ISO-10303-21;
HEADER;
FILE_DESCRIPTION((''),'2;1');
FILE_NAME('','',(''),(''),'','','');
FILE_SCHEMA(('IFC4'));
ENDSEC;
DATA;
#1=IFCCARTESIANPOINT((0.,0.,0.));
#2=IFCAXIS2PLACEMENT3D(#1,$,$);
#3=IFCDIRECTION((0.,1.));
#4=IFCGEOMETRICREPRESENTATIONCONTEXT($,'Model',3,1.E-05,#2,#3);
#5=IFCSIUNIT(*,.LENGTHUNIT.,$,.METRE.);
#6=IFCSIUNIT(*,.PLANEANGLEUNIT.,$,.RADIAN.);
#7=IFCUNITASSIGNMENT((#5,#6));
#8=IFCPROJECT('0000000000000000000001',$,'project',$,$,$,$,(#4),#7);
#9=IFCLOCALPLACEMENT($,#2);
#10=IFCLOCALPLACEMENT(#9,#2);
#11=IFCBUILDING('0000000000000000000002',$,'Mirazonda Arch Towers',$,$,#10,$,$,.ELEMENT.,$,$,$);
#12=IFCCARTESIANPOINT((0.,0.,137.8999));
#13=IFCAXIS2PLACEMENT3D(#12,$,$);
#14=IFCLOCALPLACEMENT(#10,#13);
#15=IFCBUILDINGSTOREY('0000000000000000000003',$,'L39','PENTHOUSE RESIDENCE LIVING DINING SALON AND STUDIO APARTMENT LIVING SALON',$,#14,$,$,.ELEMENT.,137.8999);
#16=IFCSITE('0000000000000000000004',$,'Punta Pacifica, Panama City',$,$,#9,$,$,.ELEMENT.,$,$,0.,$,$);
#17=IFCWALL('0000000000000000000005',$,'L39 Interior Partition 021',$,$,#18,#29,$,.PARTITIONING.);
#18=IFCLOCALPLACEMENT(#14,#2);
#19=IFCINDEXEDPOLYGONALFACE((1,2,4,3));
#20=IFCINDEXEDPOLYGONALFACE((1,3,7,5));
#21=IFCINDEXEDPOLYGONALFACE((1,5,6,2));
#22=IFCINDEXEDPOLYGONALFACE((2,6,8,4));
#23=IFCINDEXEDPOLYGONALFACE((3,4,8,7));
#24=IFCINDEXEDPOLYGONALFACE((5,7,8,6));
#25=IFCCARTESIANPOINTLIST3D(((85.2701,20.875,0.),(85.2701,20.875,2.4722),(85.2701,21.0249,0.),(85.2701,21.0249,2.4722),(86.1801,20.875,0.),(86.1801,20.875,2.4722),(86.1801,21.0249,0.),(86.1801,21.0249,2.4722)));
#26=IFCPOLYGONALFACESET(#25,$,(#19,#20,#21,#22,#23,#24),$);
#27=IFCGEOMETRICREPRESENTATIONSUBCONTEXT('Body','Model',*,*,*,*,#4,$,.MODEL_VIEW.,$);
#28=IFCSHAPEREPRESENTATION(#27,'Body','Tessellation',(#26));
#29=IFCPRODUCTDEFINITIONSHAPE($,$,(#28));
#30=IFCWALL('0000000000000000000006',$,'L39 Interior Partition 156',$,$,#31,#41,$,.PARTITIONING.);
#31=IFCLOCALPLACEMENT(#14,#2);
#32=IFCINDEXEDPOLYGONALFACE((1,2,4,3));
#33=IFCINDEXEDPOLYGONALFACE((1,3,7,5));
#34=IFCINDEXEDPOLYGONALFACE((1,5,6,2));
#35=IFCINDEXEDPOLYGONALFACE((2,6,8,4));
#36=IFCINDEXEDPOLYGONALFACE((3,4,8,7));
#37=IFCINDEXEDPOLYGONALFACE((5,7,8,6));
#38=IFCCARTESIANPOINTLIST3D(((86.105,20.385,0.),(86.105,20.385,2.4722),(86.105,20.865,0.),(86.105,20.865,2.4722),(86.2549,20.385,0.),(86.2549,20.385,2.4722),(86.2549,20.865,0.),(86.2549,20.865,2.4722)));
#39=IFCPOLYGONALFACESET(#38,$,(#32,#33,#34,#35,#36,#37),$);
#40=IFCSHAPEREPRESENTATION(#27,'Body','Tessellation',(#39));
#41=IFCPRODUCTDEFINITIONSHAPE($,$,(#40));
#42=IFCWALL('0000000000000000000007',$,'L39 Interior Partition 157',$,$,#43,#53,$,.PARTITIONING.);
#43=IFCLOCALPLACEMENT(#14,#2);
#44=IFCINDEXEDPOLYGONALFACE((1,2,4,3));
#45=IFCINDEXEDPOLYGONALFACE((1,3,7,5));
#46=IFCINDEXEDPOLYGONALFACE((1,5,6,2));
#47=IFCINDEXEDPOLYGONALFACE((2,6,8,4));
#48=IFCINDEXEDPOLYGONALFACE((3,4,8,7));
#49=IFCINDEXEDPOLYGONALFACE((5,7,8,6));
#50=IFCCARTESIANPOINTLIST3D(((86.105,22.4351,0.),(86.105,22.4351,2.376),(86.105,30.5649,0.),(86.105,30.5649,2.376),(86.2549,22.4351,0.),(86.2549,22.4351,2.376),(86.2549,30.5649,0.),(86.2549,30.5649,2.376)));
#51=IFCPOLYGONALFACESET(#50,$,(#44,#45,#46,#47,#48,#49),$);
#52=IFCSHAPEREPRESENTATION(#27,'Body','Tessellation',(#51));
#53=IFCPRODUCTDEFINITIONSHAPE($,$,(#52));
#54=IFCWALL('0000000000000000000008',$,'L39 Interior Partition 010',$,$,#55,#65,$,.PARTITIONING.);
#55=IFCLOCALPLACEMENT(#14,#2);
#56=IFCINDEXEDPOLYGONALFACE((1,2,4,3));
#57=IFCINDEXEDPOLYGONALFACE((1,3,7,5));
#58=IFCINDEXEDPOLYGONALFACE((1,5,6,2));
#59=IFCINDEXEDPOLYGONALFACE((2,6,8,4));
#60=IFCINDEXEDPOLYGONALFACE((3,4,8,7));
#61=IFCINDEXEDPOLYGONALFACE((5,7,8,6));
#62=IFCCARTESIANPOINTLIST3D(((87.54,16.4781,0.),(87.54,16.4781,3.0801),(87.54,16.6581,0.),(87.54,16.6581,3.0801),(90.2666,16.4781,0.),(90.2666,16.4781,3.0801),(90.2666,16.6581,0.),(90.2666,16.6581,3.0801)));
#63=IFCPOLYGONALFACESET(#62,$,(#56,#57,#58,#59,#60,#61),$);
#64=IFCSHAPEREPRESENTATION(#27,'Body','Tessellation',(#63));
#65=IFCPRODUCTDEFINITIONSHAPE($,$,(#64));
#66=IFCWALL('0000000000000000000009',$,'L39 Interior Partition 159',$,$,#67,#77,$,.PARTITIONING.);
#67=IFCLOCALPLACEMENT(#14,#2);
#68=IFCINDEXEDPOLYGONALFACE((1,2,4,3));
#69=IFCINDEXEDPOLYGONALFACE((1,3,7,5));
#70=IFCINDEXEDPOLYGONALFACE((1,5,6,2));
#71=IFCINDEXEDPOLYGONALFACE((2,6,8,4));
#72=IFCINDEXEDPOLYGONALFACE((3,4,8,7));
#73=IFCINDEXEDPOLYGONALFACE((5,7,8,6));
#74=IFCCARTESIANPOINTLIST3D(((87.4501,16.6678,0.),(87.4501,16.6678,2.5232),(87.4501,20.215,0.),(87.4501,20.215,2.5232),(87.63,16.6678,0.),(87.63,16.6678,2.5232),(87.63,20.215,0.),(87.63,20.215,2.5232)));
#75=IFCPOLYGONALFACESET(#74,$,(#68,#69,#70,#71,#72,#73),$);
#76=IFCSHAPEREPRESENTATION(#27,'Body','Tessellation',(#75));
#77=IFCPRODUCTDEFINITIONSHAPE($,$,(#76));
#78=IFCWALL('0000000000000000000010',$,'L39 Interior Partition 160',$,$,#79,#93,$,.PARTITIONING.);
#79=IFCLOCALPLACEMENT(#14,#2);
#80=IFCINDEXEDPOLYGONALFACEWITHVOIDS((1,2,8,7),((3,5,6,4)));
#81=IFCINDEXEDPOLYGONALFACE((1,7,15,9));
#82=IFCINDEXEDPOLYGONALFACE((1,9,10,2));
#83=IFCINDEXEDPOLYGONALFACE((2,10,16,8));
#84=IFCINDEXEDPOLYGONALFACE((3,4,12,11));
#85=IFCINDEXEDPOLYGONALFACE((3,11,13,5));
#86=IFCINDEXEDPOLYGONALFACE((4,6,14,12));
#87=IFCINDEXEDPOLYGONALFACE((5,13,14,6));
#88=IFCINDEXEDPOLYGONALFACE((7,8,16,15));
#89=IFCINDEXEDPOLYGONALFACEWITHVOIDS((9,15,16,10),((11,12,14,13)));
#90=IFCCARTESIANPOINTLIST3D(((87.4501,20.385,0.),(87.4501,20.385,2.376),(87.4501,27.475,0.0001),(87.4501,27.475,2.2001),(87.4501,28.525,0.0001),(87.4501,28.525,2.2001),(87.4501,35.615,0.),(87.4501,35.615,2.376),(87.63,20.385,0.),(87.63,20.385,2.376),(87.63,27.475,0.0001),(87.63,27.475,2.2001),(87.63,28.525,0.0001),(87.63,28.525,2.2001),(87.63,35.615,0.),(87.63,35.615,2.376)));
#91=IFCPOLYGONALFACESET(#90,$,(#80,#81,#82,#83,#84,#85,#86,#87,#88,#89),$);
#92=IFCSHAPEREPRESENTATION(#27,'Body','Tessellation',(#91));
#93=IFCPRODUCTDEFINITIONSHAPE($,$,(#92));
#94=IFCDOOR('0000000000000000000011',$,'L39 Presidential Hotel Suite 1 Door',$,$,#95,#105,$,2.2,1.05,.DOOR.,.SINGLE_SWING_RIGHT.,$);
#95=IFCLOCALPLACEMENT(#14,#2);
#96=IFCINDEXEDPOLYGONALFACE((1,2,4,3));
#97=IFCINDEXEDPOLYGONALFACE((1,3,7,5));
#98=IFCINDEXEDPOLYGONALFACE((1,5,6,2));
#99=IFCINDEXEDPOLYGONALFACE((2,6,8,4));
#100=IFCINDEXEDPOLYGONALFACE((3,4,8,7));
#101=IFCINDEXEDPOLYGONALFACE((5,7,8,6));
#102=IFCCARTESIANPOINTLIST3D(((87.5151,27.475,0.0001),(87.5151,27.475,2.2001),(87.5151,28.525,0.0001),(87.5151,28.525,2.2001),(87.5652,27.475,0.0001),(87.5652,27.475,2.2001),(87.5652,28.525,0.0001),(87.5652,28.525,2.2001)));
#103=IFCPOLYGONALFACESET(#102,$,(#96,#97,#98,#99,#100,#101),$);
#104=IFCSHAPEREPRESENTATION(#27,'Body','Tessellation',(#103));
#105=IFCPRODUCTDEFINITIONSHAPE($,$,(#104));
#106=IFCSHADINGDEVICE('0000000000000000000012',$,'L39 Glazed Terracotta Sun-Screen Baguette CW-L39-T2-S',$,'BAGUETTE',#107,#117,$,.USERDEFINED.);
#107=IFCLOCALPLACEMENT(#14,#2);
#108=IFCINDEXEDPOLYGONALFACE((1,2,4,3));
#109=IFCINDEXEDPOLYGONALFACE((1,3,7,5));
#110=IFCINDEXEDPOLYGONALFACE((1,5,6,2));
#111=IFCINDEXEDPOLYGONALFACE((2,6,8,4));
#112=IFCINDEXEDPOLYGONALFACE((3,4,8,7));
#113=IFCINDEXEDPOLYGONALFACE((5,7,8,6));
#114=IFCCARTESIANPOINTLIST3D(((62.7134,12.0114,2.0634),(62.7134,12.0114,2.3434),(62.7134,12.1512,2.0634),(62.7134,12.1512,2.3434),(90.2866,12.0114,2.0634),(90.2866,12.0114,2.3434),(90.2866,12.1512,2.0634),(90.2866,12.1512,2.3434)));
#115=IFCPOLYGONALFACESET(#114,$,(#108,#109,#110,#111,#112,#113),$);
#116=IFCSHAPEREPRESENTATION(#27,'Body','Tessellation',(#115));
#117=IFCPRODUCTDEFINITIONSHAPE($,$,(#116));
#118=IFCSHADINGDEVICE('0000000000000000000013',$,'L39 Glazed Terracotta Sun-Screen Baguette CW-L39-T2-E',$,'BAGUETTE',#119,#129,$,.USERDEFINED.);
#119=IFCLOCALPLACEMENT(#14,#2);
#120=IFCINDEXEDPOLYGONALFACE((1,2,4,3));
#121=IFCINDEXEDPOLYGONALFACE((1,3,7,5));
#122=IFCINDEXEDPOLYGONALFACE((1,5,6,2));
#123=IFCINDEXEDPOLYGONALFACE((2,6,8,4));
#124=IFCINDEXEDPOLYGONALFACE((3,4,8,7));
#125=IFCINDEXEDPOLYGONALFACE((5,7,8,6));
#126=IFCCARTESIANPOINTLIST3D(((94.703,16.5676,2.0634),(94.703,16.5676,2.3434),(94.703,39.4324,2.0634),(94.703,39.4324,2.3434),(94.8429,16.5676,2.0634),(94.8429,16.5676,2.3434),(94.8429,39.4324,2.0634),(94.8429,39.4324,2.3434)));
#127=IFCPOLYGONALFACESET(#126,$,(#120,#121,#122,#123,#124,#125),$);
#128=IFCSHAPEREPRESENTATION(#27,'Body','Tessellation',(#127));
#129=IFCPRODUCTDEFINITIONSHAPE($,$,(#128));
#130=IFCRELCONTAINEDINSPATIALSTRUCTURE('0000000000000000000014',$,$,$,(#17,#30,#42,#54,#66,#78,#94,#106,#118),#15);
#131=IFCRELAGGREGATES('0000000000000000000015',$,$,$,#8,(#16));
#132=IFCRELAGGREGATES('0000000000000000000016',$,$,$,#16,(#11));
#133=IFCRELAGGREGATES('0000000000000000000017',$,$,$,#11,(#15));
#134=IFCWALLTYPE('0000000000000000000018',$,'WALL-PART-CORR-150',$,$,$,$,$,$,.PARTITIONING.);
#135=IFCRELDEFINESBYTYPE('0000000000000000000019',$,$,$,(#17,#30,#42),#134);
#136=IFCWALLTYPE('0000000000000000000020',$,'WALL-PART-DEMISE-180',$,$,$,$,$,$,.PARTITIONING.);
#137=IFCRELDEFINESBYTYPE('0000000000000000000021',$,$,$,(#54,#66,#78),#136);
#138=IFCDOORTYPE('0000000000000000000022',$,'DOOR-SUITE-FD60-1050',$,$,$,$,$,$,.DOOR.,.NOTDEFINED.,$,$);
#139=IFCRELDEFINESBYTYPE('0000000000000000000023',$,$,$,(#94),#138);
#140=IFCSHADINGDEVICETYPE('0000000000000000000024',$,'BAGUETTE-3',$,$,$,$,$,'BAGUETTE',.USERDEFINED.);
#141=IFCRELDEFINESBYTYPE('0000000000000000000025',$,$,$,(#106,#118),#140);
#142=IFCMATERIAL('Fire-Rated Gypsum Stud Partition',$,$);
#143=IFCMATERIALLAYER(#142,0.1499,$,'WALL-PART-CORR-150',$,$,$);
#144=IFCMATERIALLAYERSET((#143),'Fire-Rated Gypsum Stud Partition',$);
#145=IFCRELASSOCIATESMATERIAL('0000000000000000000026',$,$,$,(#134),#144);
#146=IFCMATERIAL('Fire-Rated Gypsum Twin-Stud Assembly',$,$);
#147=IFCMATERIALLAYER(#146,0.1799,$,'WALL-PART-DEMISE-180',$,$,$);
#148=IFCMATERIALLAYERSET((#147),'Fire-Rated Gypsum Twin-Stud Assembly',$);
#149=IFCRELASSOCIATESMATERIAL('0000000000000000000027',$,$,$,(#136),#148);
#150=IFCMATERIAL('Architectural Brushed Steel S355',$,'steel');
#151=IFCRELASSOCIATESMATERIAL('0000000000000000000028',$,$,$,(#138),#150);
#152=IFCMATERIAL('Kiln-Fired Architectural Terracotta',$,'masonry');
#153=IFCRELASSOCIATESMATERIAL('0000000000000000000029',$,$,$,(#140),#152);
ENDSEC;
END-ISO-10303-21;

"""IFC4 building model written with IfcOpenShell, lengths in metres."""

from ifc_helpers import new_model, si_unit, direction, frame, frame_2d, origin, origin_2d, place, context, subcontext, project, spatial, rectangle, extrude, material, layer, layer_set, material_profile, profile_set, type_object, element, fill, save


model = new_model("IFC4")

# Units and contexts
model_context = context("Model", 3, precision=1e-05, world=origin(), true_north=direction((0.0, 1.0)))
body_context = subcontext(model_context, "Body", "Model", "MODEL_VIEW")
ifc_project = project(units=[si_unit("LENGTHUNIT", "METRE"), si_unit("PLANEANGLEUNIT", "RADIAN")], contexts=[model_context])

# Site, building, storey
site_placement = place(None, origin())
site = spatial("IfcSite", under=ifc_project, at=site_placement, Name="Punta Pacifica, Panama City", CompositionType="ELEMENT", RefElevation=0.0)
building_placement = place(site_placement, origin())
building = spatial("IfcBuilding", under=site, at=building_placement, Name="Mirazonda Arch Towers", CompositionType="ELEMENT")
storey_placement = place(building_placement, frame((0.0, 0.0, 137.8999)))
storey = spatial("IfcBuildingStorey", under=building, at=storey_placement, Name="L39", Description="PENTHOUSE RESIDENCE LIVING DINING SALON AND STUDIO APARTMENT LIVING SALON", CompositionType="ELEMENT", Elevation=137.8999)

# Walls
ifc_material_1 = material(Name="Fire-Rated Gypsum Stud Partition")
ifc_layer_1 = layer(ifc_material_1, 0.1499, Name="WALL-PART-CORR-150")
ifc_layer_set_1 = layer_set([ifc_layer_1], Name="Fire-Rated Gypsum Stud Partition")
wall_type_1 = type_object("IfcWallType", Name="WALL-PART-CORR-150", PredefinedType="PARTITIONING", material=ifc_layer_set_1)
wall_1_placement = place(storey_placement, frame((85.27, 20.95, 0.0), z_axis=(0.0, 0.0, 1.0), x_axis=(1.0, 0.0, 0.0)))
element("IfcWall", 1, at=wall_1_placement, inside=storey, type_object=wall_type_1, Name="L39 Interior Partition 021", PredefinedType="PARTITIONING", context=body_context, shape_type="SweptSolid", body=[
    extrude(rectangle(XDim=0.9099, YDim=0.1499, at=frame_2d((0.4551, 0.0))), origin(), (0.0, 0.0, 1.0), 2.4722),
])
wall_2_placement = place(storey_placement, frame((86.1799, 20.385, 0.0), z_axis=(0.0, 0.0, 1.0), x_axis=(0.0, 1.0, 0.0)))
element("IfcWall", 2, at=wall_2_placement, inside=storey, type_object=wall_type_1, Name="L39 Interior Partition 156", PredefinedType="PARTITIONING", context=body_context, shape_type="SweptSolid", body=[
    extrude(rectangle(XDim=0.48, YDim=0.1499, at=frame_2d((0.24, 0.0))), origin(), (0.0, 0.0, 1.0), 2.4722),
])
wall_3_placement = place(storey_placement, frame((86.1799, 22.4351, 0.0), z_axis=(0.0, 0.0, 1.0), x_axis=(0.0, 1.0, 0.0)))
element("IfcWall", 3, at=wall_3_placement, inside=storey, type_object=wall_type_1, Name="L39 Interior Partition 157", PredefinedType="PARTITIONING", context=body_context, shape_type="SweptSolid", body=[
    extrude(rectangle(XDim=8.1299, YDim=0.1499, at=frame_2d((4.0649, 0.0))), origin(), (0.0, 0.0, 1.0), 2.376),
])
ifc_material_2 = material(Name="Fire-Rated Gypsum Twin-Stud Assembly")
ifc_layer_2 = layer(ifc_material_2, 0.1799, Name="WALL-PART-DEMISE-180")
ifc_layer_set_2 = layer_set([ifc_layer_2], Name="Fire-Rated Gypsum Twin-Stud Assembly")
wall_type_2 = type_object("IfcWallType", Name="WALL-PART-DEMISE-180", PredefinedType="PARTITIONING", material=ifc_layer_set_2)
wall_4_placement = place(storey_placement, frame((87.54, 16.5681, 0.0), z_axis=(0.0, 0.0, 1.0), x_axis=(1.0, 0.0, 0.0)))
element("IfcWall", 4, at=wall_4_placement, inside=storey, type_object=wall_type_2, Name="L39 Interior Partition 010", PredefinedType="PARTITIONING", context=body_context, shape_type="SweptSolid", body=[
    extrude(rectangle(XDim=2.7266, YDim=0.1799, at=frame_2d((1.3633, 0.0))), origin(), (0.0, 0.0, 1.0), 3.0801),
])
wall_5_placement = place(storey_placement, frame((87.54, 16.668, 0.0), z_axis=(0.0, 0.0, 1.0), x_axis=(0.0, 1.0, 0.0)))
element("IfcWall", 5, at=wall_5_placement, inside=storey, type_object=wall_type_2, Name="L39 Interior Partition 159", PredefinedType="PARTITIONING", context=body_context, shape_type="SweptSolid", body=[
    extrude(rectangle(XDim=3.5471, YDim=0.1799, at=frame_2d((1.7734, 0.0))), origin(), (0.0, 0.0, 1.0), 2.5232),
])

# Wall, opening, door
wall_6_placement = place(storey_placement, frame((87.54, 20.385, 0.0), z_axis=(0.0, 0.0, 1.0), x_axis=(0.0, 1.0, 0.0)))
wall_6 = element("IfcWall", 6, at=wall_6_placement, inside=storey, type_object=wall_type_2, Name="L39 Interior Partition 160", PredefinedType="PARTITIONING", context=body_context, shape_type="SweptSolid", body=[
    extrude(rectangle(XDim=15.23, YDim=0.1799, at=frame_2d((7.615, 0.0))), origin(), (0.0, 0.0, 1.0), 2.376),
])
opening_1_placement = place(wall_6_placement, frame((7.0901, 0.0, 0.0)))
opening_1 = element("IfcOpeningElement", 7, at=opening_1_placement, cuts=wall_6, PredefinedType="OPENING", context=body_context, shape_type="SweptSolid", body=[
    extrude(rectangle(XDim=1.05, YDim=2.2, at=frame_2d((0.5249, 1.1001))), frame((0.0, 0.0999, 0.0), z_axis=(0.0, -1.0, 0.0), x_axis=(1.0, 0.0, 0.0)), (0.0, 0.0, 1.0), 0.2),
])
ifc_material_3 = material(Name="Architectural Brushed Steel S355", Category="steel")
door_type = type_object("IfcDoorType", Name="DOOR-SUITE-FD60-1050", OperationType="NOTDEFINED", PredefinedType="DOOR", material=ifc_material_3)
door_placement = place(opening_1_placement, origin())
door = element("IfcDoor", 8, at=door_placement, inside=storey, type_object=door_type, Name="L39 Presidential Hotel Suite 1 Door", OperationType="SINGLE_SWING_RIGHT", OverallHeight=2.2, OverallWidth=1.05, PredefinedType="DOOR", context=body_context, shape_type="SweptSolid", body=[
    extrude(rectangle(XDim=1.05, YDim=2.2, at=frame_2d((0.5249, 1.1001))), frame((0.0, 0.0249, 0.0), z_axis=(0.0, -1.0, 0.0), x_axis=(1.0, 0.0, 0.0)), (0.0, 0.0, 1.0), 0.05),
])
fill(opening_1, door)

# Shading devices
ifc_material_4 = material(Name="Kiln-Fired Architectural Terracotta", Category="masonry")
ifc_material_profile_1 = material_profile(ifc_material_4, rectangle(XDim=0.1399, YDim=0.28, at=origin_2d()), Name="TERRA-BAG-140x280")
ifc_profile_set_1 = profile_set([ifc_material_profile_1], Name="Kiln-Fired Architectural Terracotta")
shading_device_type = type_object("IfcShadingDeviceType", Name="BAGUETTE-3", ElementType="BAGUETTE", PredefinedType="USERDEFINED", material=ifc_profile_set_1)
shading_device_1_placement = place(storey_placement, frame((90.2866, 12.0813, 2.2034), z_axis=(-1.0, 0.0, 0.0), x_axis=(0.0, -1.0, 0.0)))
element("IfcShadingDevice", 9, at=shading_device_1_placement, inside=storey, type_object=shading_device_type, Name="L39 Glazed Terracotta Sun-Screen Baguette CW-L39-T2-S", ObjectType="BAGUETTE", PredefinedType="USERDEFINED", context=body_context, shape_type="SweptSolid", body=[
    extrude(rectangle(XDim=0.1399, YDim=0.28, at=origin_2d()), origin(), (0.0, 0.0, 1.0), 27.5732),
])
shading_device_2_placement = place(storey_placement, frame((94.7729, 16.5676, 2.2034), z_axis=(0.0, 1.0, 0.0), x_axis=(-1.0, 0.0, 0.0)))
element("IfcShadingDevice", 10, at=shading_device_2_placement, inside=storey, type_object=shading_device_type, Name="L39 Glazed Terracotta Sun-Screen Baguette CW-L39-T2-E", ObjectType="BAGUETTE", PredefinedType="USERDEFINED", context=body_context, shape_type="SweptSolid", body=[
    extrude(rectangle(XDim=0.1399, YDim=0.28, at=origin_2d()), origin(), (0.0, 0.0, 1.0), 22.8647),
])

save(model, "model.ifc")
